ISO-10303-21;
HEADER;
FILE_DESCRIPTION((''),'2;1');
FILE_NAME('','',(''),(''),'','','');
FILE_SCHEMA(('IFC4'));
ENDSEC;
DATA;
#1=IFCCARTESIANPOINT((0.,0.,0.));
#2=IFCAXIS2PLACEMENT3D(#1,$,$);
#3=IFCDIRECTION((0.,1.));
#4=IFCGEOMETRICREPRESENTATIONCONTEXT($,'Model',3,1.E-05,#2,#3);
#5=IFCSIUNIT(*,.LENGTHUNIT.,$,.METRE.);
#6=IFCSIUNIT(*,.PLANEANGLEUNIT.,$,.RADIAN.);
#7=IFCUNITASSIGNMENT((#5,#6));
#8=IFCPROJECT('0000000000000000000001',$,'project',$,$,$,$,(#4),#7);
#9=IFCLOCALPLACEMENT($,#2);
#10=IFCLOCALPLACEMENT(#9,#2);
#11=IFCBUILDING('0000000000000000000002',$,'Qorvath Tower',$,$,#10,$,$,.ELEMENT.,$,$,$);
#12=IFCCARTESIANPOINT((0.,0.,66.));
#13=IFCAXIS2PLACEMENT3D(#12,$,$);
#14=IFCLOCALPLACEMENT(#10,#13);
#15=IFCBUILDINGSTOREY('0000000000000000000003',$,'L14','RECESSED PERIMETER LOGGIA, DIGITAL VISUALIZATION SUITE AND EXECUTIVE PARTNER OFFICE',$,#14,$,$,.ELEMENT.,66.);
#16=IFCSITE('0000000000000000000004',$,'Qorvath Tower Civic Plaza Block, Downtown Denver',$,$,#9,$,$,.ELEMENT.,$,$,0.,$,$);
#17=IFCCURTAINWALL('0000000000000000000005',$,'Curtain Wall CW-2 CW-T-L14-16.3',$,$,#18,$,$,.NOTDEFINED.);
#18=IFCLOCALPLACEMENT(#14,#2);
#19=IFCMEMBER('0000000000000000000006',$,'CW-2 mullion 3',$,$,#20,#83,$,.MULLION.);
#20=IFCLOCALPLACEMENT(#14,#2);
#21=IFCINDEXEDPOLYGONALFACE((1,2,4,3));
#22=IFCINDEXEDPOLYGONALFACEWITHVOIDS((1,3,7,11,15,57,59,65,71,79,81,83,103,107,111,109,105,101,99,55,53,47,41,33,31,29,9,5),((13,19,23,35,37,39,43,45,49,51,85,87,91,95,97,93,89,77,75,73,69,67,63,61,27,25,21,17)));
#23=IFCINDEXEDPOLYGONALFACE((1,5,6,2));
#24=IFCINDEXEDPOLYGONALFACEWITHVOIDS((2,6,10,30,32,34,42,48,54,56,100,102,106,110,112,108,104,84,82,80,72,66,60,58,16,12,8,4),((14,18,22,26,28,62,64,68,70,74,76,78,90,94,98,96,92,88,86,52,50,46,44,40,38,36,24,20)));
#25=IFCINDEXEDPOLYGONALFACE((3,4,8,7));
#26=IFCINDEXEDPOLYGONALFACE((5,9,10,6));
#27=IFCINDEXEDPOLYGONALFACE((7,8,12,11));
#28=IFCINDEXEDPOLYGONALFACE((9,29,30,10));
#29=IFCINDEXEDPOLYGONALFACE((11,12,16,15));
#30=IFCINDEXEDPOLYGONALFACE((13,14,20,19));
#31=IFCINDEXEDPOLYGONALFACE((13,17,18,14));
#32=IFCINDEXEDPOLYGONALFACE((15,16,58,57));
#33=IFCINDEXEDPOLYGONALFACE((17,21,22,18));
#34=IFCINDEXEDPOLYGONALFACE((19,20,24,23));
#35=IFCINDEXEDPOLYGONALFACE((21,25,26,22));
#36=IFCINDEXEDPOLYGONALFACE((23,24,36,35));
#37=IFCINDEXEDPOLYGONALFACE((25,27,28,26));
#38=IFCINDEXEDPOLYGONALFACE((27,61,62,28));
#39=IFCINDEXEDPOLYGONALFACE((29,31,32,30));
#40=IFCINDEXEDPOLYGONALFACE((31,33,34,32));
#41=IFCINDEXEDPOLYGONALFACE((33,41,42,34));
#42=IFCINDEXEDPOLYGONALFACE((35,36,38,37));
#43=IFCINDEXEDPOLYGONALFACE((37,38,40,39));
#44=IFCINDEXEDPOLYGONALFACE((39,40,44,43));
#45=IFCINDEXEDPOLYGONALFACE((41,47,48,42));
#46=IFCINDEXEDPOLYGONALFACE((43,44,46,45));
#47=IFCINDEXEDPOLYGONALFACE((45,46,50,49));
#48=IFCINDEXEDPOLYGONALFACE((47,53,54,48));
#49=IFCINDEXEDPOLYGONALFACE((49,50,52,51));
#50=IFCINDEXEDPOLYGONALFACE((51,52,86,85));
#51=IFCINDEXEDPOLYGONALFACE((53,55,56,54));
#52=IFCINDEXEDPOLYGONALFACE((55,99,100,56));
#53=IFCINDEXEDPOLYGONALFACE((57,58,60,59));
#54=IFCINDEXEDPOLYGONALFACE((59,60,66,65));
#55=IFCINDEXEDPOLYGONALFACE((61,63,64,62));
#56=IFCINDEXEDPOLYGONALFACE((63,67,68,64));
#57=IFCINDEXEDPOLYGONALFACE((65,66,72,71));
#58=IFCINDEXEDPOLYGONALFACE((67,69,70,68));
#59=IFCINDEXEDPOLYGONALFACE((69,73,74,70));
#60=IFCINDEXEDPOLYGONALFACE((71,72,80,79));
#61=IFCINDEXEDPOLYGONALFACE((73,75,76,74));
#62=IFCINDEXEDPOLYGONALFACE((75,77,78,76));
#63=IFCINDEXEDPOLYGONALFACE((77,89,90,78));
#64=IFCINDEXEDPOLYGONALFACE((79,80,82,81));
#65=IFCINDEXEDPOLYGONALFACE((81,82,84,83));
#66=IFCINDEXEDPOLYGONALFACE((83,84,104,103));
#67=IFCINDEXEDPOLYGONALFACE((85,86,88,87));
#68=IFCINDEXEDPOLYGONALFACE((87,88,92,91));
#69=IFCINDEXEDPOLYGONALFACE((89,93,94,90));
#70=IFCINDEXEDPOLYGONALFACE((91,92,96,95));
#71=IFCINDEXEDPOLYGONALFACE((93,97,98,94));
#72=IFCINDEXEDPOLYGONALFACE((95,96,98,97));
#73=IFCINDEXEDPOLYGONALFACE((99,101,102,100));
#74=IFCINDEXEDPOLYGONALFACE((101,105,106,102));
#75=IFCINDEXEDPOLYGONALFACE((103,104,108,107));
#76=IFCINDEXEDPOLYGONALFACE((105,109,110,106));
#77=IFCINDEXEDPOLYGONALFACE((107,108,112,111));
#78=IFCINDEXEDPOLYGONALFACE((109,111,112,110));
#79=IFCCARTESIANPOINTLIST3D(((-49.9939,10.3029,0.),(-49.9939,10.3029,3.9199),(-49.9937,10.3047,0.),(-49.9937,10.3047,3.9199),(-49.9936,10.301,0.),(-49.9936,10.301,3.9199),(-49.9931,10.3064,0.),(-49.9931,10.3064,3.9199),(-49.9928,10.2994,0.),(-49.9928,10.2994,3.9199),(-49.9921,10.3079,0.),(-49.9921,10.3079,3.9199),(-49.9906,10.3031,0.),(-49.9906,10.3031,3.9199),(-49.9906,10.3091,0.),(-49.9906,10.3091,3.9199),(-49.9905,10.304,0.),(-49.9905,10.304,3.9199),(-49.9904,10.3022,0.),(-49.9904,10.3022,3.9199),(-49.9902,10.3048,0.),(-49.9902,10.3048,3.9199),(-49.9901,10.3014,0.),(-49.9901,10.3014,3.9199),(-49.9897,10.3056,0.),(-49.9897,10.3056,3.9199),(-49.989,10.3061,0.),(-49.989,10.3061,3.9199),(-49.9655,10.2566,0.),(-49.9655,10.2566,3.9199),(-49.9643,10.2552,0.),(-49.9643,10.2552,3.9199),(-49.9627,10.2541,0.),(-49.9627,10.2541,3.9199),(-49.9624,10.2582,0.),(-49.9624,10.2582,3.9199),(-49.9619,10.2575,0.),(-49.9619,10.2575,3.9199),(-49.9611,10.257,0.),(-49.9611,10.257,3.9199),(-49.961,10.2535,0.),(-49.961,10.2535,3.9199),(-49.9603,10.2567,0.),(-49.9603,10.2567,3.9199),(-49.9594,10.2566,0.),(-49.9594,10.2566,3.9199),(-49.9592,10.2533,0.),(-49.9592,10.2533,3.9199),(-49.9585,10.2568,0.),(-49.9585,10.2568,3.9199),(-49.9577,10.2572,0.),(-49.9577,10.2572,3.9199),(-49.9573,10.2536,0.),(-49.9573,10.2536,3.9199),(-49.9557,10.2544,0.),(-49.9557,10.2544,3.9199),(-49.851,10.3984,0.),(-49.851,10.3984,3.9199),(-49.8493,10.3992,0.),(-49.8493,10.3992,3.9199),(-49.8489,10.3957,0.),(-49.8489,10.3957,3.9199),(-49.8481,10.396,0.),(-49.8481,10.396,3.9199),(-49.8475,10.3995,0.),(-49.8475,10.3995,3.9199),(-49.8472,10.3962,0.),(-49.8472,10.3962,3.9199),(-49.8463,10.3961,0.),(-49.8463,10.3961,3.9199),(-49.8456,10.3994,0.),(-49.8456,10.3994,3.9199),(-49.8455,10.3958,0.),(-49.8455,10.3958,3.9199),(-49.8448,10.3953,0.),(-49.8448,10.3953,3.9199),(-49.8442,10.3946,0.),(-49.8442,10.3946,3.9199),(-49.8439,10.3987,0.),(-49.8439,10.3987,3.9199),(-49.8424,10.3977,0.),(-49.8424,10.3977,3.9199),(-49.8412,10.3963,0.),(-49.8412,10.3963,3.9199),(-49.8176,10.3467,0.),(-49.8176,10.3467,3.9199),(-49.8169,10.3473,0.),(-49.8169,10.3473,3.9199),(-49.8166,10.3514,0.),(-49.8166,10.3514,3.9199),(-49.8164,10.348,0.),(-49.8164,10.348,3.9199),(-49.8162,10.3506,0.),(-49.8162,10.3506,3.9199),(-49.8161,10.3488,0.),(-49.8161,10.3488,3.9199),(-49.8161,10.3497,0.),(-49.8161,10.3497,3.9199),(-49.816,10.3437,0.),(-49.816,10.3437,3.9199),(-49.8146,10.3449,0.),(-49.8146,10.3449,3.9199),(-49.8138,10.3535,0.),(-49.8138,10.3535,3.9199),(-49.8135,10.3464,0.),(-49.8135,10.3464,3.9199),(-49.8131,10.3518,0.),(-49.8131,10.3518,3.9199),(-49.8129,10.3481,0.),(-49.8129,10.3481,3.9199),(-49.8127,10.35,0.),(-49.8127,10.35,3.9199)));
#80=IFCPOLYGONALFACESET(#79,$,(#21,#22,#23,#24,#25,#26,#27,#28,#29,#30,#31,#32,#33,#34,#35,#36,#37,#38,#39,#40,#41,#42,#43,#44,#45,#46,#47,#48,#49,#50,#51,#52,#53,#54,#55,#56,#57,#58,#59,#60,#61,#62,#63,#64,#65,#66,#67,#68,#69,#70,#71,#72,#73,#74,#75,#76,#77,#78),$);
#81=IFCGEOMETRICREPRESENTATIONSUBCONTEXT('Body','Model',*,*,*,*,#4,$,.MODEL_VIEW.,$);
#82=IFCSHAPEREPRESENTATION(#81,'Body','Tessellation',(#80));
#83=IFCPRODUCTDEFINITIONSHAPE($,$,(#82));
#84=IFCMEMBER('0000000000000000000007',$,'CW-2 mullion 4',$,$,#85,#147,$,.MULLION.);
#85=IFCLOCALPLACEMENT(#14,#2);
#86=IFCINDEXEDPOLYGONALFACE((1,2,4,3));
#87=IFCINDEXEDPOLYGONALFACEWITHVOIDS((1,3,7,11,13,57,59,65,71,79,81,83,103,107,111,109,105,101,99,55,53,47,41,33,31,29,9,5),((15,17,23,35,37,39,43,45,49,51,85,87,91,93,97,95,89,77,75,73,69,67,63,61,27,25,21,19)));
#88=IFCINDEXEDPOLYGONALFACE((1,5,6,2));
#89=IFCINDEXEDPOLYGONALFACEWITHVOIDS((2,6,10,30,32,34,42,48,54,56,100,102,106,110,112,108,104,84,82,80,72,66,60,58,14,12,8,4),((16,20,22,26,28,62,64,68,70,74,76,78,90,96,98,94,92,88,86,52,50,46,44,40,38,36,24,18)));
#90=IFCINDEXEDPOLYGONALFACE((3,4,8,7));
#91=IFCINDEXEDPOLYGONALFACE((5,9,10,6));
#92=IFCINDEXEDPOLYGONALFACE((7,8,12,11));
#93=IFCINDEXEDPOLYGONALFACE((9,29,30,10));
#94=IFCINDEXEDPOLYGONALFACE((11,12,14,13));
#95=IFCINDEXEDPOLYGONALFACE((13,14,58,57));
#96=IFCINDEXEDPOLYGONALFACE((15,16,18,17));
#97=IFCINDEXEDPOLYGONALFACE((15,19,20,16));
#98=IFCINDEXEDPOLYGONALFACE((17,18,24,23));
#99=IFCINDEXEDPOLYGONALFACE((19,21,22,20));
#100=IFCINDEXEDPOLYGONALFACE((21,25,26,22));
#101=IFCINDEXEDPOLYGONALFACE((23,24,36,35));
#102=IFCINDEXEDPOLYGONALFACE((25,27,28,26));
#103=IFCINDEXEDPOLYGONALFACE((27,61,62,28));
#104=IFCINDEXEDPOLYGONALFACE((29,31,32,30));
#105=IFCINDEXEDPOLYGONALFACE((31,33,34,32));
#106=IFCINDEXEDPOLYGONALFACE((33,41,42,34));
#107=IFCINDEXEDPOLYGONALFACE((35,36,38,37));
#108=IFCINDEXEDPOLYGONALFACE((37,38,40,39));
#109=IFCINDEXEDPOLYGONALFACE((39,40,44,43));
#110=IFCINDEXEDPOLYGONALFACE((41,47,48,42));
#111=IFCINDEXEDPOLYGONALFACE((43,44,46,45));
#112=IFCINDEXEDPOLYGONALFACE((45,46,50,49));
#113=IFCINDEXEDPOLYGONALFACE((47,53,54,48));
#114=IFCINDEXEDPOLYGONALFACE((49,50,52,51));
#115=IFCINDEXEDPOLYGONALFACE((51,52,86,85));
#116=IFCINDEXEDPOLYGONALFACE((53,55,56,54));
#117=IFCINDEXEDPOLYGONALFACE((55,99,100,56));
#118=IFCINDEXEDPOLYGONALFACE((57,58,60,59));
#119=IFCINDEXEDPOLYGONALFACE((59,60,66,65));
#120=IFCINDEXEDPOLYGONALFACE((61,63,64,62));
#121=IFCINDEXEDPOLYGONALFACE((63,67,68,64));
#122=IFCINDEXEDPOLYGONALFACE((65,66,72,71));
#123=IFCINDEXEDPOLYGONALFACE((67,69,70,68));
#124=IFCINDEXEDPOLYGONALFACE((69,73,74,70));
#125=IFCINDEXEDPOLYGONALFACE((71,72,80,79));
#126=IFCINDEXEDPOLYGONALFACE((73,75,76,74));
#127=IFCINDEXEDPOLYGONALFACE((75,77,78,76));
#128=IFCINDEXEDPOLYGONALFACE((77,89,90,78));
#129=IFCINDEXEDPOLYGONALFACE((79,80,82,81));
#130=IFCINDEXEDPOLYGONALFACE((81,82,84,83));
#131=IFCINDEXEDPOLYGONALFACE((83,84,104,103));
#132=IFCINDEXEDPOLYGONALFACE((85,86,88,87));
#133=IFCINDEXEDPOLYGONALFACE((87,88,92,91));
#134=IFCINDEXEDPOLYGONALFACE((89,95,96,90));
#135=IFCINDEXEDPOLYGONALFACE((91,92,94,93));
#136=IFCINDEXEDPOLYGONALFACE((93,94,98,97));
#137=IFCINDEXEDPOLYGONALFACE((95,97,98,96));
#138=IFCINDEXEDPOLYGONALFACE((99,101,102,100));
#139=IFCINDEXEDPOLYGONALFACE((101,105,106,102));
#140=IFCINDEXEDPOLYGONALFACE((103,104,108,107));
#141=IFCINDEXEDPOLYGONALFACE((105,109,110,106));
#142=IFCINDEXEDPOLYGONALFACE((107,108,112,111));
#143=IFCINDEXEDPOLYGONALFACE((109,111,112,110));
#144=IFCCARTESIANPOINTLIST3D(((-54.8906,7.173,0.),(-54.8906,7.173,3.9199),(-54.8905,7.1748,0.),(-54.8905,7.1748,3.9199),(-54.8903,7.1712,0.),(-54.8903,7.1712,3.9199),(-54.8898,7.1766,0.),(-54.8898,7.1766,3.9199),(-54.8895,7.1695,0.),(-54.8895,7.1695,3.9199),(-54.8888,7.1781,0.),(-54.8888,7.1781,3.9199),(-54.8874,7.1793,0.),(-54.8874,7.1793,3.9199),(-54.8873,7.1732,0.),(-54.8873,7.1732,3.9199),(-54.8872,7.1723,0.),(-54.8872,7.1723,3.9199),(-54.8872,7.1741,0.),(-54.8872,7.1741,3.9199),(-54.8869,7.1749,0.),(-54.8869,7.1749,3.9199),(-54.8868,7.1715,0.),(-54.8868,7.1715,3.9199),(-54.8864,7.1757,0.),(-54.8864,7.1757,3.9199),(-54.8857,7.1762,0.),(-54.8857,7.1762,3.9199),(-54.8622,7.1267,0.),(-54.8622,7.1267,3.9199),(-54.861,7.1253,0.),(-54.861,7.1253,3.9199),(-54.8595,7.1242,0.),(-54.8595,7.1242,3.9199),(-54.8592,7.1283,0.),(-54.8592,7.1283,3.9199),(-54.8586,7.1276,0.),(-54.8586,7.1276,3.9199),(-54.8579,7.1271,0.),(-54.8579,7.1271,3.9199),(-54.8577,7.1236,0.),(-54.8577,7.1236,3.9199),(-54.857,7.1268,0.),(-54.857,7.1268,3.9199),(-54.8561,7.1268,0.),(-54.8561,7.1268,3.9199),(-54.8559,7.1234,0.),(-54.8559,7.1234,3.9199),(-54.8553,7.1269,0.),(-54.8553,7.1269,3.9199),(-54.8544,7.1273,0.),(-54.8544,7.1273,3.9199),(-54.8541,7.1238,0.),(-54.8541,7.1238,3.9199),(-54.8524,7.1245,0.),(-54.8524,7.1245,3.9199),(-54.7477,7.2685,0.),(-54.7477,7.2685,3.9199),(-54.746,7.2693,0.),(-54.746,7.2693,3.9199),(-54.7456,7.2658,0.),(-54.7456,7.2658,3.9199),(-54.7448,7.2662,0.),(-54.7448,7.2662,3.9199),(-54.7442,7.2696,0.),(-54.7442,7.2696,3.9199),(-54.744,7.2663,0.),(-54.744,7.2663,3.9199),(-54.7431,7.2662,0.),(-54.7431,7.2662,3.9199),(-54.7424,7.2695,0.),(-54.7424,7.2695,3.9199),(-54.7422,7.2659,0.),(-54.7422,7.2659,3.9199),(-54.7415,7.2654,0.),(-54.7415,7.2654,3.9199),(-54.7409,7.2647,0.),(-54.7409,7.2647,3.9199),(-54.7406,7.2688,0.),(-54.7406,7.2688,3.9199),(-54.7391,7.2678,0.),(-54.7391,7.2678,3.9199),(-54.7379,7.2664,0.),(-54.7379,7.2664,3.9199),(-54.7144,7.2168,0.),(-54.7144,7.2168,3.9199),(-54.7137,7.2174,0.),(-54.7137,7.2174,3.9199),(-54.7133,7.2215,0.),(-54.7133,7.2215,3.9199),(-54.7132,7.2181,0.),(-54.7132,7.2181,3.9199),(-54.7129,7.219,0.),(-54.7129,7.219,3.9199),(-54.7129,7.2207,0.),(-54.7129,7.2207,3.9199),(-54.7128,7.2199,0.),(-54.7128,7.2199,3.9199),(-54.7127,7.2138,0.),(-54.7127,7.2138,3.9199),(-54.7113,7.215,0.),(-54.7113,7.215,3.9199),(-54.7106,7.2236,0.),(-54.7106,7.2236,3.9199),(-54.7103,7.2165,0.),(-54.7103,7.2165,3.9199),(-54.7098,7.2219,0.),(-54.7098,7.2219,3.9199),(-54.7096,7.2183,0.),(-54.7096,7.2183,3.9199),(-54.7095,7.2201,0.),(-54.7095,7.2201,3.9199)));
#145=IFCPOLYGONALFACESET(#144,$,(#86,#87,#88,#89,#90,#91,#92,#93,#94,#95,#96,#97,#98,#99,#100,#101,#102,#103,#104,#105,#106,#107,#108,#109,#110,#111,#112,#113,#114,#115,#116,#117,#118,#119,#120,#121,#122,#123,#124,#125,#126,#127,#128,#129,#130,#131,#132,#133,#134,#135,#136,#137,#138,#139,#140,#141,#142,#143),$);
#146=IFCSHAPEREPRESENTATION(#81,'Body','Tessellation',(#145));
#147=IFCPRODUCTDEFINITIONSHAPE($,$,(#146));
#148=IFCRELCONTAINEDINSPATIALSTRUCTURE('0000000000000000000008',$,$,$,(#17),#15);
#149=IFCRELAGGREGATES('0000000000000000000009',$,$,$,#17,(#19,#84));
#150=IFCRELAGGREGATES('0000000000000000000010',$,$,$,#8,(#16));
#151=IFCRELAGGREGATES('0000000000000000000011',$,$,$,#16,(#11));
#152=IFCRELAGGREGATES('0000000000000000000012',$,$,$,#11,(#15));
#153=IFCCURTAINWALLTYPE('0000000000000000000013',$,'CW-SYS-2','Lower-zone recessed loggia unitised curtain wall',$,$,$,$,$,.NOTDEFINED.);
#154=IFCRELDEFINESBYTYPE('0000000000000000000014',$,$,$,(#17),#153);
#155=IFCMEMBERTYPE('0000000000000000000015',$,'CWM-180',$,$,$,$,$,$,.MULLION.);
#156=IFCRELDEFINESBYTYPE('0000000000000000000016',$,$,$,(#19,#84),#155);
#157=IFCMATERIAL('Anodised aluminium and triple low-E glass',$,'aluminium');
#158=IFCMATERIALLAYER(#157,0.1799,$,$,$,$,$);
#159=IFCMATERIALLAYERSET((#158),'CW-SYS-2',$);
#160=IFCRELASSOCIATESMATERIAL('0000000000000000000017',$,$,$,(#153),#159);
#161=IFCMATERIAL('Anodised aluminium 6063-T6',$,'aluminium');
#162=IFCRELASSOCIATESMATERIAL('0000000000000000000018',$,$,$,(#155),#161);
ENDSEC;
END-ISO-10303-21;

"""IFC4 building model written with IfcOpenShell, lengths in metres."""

from ifc_helpers import new_model, si_unit, direction, frame, origin, origin_2d, place, context, subcontext, project, spatial, hollow_rectangle, extrude, material, layer, layer_set, material_profile, profile_set, type_object, element, aggregate, save


model = new_model("IFC4")

# Units and contexts
model_context = context("Model", 3, precision=1e-05, world=origin(), true_north=direction((0.0, 1.0)))
body_context = subcontext(model_context, "Body", "Model", "MODEL_VIEW")
ifc_project = project(units=[si_unit("LENGTHUNIT", "METRE"), si_unit("PLANEANGLEUNIT", "RADIAN")], contexts=[model_context])

# Site, building, storey
site_placement = place(None, origin())
site = spatial("IfcSite", under=ifc_project, at=site_placement, Name="Qorvath Tower Civic Plaza Block, Downtown Denver", CompositionType="ELEMENT", RefElevation=0.0)
building_placement = place(site_placement, origin())
building = spatial("IfcBuilding", under=site, at=building_placement, Name="Qorvath Tower", CompositionType="ELEMENT")
storey_placement = place(building_placement, frame((0.0, 0.0, 66.0)))
storey = spatial("IfcBuildingStorey", under=building, at=storey_placement, Name="L14", Description="RECESSED PERIMETER LOGGIA, DIGITAL VISUALIZATION SUITE AND EXECUTIVE PARTNER OFFICE", CompositionType="ELEMENT", Elevation=66.0)

# Shared definitions
ifc_material_1 = material(Name="Anodised aluminium and triple low-E glass", Category="aluminium")
ifc_layer_1 = layer(ifc_material_1, 0.1799)
ifc_layer_set_1 = layer_set([ifc_layer_1], Name="CW-SYS-2")
curtain_wall_type = type_object("IfcCurtainWallType", Name="CW-SYS-2", Description="Lower-zone recessed loggia unitised curtain wall", PredefinedType="NOTDEFINED", material=ifc_layer_set_1)
ifc_material_2 = material(Name="Anodised aluminium 6063-T6", Category="aluminium")
ifc_material_profile_1 = material_profile(ifc_material_2, hollow_rectangle(XDim=0.0649, YDim=0.1799, WallThickness=0.0034, InnerFilletRadius=0.0034, OuterFilletRadius=0.0071, at=origin_2d()), Name="CWM 180x65")
ifc_profile_set_1 = profile_set([ifc_material_profile_1], Name="Anodised aluminium 6063-T6")
member_type_1 = type_object("IfcMemberType", Name="CWM-180", PredefinedType="MULLION", material=ifc_profile_set_1)

# Curtain wall, members
curtain_wall_1_placement = place(storey_placement, origin())
curtain_wall_1 = element("IfcCurtainWall", 1, at=curtain_wall_1_placement, inside=storey, type_object=curtain_wall_type, Name="Curtain Wall CW-2 CW-T-L14-16.3", PredefinedType="NOTDEFINED")
member_1_placement = place(storey_placement, frame((-49.9033, 10.3264, 0.0), z_axis=(0.0, 0.0, 1.0), x_axis=(0.538531, -0.842606, 0.0)))
member_1 = element("IfcMember", 2, at=member_1_placement, type_object=member_type_1, Name="CW-2 mullion 3", PredefinedType="MULLION", context=body_context, shape_type="SweptSolid", body=[
    extrude(hollow_rectangle(XDim=0.0649, YDim=0.1799, WallThickness=0.0034, InnerFilletRadius=0.0034, OuterFilletRadius=0.0071, at=origin_2d()), origin(), (0.0, 0.0, 1.0), 3.9199),
])
member_2_placement = place(storey_placement, frame((-54.8, 7.1965, 0.0), z_axis=(0.0, 0.0, 1.0), x_axis=(0.538531, -0.842606, 0.0)))
member_2 = element("IfcMember", 3, at=member_2_placement, type_object=member_type_1, Name="CW-2 mullion 4", PredefinedType="MULLION", context=body_context, shape_type="SweptSolid", body=[
    extrude(hollow_rectangle(XDim=0.0649, YDim=0.1799, WallThickness=0.0034, InnerFilletRadius=0.0034, OuterFilletRadius=0.0071, at=origin_2d()), origin(), (0.0, 0.0, 1.0), 3.9199),
])
aggregate(curtain_wall_1, [member_1, member_2])

save(model, "model.ifc")
